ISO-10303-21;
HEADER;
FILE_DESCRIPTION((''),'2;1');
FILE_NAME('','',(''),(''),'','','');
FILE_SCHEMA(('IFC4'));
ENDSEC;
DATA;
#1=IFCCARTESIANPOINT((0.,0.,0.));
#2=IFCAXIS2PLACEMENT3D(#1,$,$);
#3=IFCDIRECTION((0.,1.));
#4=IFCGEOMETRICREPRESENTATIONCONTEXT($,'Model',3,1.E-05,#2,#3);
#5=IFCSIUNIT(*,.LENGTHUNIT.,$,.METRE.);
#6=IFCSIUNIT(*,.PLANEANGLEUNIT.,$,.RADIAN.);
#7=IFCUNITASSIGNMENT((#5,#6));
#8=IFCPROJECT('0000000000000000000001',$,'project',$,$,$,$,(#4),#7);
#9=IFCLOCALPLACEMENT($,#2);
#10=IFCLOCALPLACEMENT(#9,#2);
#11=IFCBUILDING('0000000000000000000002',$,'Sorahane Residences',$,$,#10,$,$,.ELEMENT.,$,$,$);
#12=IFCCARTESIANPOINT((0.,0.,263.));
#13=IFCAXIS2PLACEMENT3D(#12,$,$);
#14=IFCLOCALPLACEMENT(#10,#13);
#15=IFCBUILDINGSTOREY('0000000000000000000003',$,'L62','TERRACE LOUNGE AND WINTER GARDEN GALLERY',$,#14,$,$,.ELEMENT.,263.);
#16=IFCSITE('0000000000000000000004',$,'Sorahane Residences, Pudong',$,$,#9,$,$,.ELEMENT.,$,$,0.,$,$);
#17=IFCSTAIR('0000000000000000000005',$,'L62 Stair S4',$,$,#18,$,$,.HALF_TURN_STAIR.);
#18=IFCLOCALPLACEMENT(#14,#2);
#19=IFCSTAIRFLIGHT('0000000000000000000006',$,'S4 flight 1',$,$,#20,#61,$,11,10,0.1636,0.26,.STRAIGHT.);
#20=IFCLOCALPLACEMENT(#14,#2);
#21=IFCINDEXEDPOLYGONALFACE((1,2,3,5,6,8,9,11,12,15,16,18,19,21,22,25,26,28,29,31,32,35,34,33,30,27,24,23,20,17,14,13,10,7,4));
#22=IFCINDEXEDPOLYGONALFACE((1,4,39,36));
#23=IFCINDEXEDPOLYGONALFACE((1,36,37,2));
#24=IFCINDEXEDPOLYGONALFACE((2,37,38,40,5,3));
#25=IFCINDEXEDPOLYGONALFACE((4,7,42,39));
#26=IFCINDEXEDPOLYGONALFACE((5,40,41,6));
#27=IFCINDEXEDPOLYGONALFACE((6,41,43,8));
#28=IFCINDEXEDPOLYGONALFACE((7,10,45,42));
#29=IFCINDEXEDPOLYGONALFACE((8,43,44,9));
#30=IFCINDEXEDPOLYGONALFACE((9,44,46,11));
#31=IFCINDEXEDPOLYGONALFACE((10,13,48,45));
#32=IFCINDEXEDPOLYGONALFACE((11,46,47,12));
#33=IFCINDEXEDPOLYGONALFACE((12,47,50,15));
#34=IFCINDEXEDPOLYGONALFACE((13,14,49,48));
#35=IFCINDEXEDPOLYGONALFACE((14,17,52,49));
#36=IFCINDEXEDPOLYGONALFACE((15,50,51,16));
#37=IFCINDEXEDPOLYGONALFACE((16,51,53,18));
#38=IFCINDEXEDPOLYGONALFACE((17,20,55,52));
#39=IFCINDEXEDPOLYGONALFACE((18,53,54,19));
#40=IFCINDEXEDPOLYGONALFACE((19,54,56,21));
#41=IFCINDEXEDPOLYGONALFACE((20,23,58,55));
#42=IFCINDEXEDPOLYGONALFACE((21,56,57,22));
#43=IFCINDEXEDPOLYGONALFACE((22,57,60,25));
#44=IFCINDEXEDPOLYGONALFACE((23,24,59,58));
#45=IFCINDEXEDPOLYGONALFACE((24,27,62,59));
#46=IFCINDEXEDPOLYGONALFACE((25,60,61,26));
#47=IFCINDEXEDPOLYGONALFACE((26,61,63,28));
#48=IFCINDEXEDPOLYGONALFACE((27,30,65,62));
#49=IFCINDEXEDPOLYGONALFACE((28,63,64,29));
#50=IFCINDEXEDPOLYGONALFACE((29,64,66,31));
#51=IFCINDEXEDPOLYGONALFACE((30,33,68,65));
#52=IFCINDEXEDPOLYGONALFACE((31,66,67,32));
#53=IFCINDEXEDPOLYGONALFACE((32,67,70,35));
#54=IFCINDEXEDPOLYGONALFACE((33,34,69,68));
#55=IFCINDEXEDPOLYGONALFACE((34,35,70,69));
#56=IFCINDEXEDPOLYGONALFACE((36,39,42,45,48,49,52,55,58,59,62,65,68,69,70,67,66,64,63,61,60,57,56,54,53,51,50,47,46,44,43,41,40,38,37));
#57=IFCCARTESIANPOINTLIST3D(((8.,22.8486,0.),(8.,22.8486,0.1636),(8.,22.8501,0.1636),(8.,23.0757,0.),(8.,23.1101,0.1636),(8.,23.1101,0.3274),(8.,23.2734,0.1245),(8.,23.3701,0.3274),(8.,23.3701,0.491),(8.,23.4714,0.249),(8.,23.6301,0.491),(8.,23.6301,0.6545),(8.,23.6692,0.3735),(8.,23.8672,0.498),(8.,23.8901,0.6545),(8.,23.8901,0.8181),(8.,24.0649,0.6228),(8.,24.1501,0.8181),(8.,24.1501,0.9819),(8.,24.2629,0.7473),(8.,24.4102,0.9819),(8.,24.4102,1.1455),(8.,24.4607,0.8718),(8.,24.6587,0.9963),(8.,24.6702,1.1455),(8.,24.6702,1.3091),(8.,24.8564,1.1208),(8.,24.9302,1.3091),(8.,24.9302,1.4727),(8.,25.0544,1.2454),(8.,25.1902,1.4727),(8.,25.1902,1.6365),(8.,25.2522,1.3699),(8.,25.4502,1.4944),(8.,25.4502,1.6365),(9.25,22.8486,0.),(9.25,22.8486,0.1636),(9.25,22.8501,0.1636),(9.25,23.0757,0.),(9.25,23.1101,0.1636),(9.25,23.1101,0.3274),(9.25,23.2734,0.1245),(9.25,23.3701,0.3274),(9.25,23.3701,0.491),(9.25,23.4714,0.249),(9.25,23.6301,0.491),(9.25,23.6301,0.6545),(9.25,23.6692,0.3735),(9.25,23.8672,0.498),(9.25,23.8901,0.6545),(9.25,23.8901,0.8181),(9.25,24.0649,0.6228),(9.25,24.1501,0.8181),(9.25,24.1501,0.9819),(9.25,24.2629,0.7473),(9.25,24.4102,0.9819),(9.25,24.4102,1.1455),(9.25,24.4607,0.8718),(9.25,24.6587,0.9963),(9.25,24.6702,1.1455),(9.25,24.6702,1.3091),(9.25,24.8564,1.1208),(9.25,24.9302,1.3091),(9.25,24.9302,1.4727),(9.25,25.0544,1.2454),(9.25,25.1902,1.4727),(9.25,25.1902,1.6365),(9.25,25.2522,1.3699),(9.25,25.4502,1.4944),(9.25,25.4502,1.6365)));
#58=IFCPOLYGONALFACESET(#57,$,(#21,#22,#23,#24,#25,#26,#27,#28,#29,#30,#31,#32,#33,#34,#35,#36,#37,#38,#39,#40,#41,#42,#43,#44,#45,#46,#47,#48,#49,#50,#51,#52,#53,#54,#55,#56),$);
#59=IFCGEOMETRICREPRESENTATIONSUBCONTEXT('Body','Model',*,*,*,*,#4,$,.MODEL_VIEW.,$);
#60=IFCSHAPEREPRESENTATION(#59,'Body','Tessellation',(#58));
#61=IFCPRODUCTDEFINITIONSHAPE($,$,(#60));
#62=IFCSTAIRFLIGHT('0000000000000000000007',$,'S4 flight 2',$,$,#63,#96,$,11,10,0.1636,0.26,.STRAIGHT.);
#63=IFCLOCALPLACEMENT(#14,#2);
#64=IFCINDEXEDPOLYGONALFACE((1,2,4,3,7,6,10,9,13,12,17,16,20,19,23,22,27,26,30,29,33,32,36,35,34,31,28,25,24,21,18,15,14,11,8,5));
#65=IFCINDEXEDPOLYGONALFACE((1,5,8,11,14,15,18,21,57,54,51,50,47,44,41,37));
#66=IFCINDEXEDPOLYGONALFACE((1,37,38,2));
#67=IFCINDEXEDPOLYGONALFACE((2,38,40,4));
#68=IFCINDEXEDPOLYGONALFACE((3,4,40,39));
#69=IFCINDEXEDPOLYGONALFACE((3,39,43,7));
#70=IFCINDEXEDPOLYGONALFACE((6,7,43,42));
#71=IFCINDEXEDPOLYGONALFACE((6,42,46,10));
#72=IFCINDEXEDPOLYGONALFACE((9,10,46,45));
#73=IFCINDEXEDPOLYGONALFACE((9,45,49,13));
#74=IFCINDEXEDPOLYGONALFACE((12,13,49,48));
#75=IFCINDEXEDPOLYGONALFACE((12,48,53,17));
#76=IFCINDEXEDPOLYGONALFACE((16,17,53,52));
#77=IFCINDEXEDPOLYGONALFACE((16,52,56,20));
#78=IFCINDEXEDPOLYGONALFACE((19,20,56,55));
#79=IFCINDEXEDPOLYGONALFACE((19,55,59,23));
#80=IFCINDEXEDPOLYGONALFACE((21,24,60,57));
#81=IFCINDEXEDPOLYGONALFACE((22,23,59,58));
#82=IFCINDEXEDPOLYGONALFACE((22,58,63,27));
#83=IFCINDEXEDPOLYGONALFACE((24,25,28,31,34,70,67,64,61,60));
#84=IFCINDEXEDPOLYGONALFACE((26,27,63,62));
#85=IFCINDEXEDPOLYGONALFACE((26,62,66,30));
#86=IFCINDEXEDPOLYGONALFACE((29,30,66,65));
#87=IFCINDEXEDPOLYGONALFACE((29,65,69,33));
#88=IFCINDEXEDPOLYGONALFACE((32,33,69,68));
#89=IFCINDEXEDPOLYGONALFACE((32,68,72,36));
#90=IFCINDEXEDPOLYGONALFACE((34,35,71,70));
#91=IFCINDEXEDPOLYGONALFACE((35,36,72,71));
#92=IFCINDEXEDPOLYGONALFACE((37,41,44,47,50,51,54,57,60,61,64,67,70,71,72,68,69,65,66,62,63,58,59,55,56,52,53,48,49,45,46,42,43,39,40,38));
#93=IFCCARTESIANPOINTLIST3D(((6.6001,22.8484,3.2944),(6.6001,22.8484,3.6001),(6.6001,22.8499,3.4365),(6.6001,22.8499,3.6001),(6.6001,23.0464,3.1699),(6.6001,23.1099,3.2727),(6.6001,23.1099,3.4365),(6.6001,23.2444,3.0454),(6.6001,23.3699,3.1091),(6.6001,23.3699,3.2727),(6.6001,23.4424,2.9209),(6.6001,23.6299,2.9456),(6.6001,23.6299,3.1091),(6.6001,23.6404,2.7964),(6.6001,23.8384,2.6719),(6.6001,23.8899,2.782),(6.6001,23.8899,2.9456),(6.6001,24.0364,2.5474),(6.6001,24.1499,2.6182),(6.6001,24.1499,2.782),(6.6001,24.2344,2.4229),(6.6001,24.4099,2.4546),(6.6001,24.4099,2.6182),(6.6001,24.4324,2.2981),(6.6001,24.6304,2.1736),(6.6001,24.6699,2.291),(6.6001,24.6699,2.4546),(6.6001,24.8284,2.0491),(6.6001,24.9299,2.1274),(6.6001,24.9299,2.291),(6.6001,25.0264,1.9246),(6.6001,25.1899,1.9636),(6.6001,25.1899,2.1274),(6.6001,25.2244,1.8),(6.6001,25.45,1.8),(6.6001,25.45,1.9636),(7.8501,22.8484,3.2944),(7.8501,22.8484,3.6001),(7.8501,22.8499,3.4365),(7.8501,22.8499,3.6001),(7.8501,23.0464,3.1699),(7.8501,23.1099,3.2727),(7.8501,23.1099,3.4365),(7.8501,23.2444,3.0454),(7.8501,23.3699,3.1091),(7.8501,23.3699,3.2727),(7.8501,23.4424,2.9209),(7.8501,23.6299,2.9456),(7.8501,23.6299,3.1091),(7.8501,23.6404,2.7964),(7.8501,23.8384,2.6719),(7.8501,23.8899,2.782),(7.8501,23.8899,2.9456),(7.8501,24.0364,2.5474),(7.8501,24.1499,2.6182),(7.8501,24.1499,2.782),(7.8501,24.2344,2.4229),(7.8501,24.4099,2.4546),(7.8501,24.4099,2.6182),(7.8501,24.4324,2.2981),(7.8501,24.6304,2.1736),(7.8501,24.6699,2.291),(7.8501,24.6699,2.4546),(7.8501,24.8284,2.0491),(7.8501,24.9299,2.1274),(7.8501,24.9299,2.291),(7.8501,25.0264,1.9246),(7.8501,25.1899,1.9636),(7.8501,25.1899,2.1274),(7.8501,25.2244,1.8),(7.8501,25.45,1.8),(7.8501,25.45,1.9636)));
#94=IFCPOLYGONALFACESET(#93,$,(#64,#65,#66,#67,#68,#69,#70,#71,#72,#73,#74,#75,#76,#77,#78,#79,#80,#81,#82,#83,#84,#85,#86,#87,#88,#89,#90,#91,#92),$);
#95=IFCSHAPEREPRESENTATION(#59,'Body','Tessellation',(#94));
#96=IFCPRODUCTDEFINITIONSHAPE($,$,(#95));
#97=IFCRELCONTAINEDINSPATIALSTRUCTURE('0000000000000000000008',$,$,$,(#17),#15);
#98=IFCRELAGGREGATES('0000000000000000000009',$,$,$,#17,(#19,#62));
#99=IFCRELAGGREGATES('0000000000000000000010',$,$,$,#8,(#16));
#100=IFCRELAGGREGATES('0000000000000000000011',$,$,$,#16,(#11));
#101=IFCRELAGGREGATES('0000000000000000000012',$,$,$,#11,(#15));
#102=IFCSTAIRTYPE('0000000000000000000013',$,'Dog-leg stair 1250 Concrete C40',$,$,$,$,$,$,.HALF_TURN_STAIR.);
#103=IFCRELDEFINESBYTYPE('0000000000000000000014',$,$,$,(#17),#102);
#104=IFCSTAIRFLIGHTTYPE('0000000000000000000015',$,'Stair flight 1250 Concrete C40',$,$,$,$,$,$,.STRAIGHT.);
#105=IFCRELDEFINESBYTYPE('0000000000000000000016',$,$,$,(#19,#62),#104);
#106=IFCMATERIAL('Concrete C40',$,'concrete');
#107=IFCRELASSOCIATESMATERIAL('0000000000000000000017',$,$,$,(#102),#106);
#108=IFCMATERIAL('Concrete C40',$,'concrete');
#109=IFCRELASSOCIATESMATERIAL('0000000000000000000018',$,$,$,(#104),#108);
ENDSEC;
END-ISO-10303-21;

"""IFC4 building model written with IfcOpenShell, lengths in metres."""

from ifc_helpers import new_model, si_unit, direction, frame, origin, place, context, subcontext, project, spatial, polyline, outline, extrude, material, type_object, element, aggregate, save


model = new_model("IFC4")

# Units and contexts
model_context = context("Model", 3, precision=1e-05, world=origin(), true_north=direction((0.0, 1.0)))
body_context = subcontext(model_context, "Body", "Model", "MODEL_VIEW")
ifc_project = project(units=[si_unit("LENGTHUNIT", "METRE"), si_unit("PLANEANGLEUNIT", "RADIAN")], contexts=[model_context])

# Site, building, storey
site_placement = place(None, origin())
site = spatial("IfcSite", under=ifc_project, at=site_placement, Name="Sorahane Residences, Pudong", CompositionType="ELEMENT", RefElevation=0.0)
building_placement = place(site_placement, origin())
building = spatial("IfcBuilding", under=site, at=building_placement, Name="Sorahane Residences", CompositionType="ELEMENT")
storey_placement = place(building_placement, frame((0.0, 0.0, 263.0)))
storey = spatial("IfcBuildingStorey", under=building, at=storey_placement, Name="L62", Description="TERRACE LOUNGE AND WINTER GARDEN GALLERY", CompositionType="ELEMENT", Elevation=263.0)

# Stair, stair flights
ifc_material_1 = material(Name="Concrete C40", Category="concrete")
stair_type = type_object("IfcStairType", Name="Dog-leg stair 1250 Concrete C40", PredefinedType="HALF_TURN_STAIR", material=ifc_material_1)
stair_placement = place(storey_placement, origin())
stair = element("IfcStair", 1, at=stair_placement, inside=storey, type_object=stair_type, Name="L62 Stair S4", PredefinedType="HALF_TURN_STAIR")
ifc_material_2 = material(Name="Concrete C40", Category="concrete")
stair_flight_type = type_object("IfcStairFlightType", Name="Stair flight 1250 Concrete C40", PredefinedType="STRAIGHT", material=ifc_material_2)
stair_flight_1_placement = place(storey_placement, frame((8.625, 22.8501, 0.0), z_axis=(0.0, 0.0, 1.0), x_axis=(0.0, 1.0, 0.0)))
stair_flight_1 = element("IfcStairFlight", 2, at=stair_flight_1_placement, type_object=stair_flight_type, Name="S4 flight 1", NumberOfRisers=11, NumberOfTreads=10, PredefinedType="STRAIGHT", RiserHeight=0.1636, TreadLength=0.26, context=body_context, shape_type="SweptSolid", body=[
    extrude(outline(polyline([(-0.0015, 0.0), (-0.0015, 0.1636), (0.0, 0.1636), (0.26, 0.1636), (0.26, 0.3274), (0.52, 0.3274), (0.52, 0.491), (0.78, 0.491), (0.78, 0.6545), (1.04, 0.6545), (1.04, 0.8181), (1.3, 0.8181), (1.3, 0.9819), (1.5601, 0.9819), (1.5601, 1.1455), (1.8201, 1.1455), (1.8201, 1.3091), (2.0801, 1.3091), (2.0801, 1.4727), (2.3401, 1.4727), (2.3401, 1.6365), (2.6001, 1.6365), (2.6001, 1.8), (2.6001, 1.4944), (2.4021, 1.3699), (2.2043, 1.2454), (2.0063, 1.1208), (1.8086, 0.9963), (1.6106, 0.8718), (1.4128, 0.7473), (1.2148, 0.6228), (1.0171, 0.498), (0.8191, 0.3735), (0.6213, 0.249), (0.4233, 0.1245), (0.2256, 0.0), (-0.0015, 0.0)])), frame((0.0, 0.625, 0.0), z_axis=(0.0, -1.0, 0.0), x_axis=(1.0, 0.0, 0.0)), (0.0, 0.0, 1.0), 1.25),
])
stair_flight_2_placement = place(storey_placement, frame((7.2251, 25.45, 1.8), z_axis=(0.0, 0.0, 1.0), x_axis=(0.0, -1.0, 0.0)))
stair_flight_2 = element("IfcStairFlight", 3, at=stair_flight_2_placement, type_object=stair_flight_type, Name="S4 flight 2", NumberOfRisers=11, NumberOfTreads=10, PredefinedType="STRAIGHT", RiserHeight=0.1636, TreadLength=0.26, context=body_context, shape_type="SweptSolid", body=[
    extrude(outline(polyline([(0.0, 0.0), (0.0, 0.1636), (0.26, 0.1636), (0.26, 0.3274), (0.52, 0.3274), (0.52, 0.491), (0.78, 0.491), (0.78, 0.6545), (1.04, 0.6545), (1.04, 0.8181), (1.3, 0.8181), (1.3, 0.9819), (1.5601, 0.9819), (1.5601, 1.1455), (1.8201, 1.1455), (1.8201, 1.3091), (2.0801, 1.3091), (2.0801, 1.4727), (2.3401, 1.4727), (2.3401, 1.6365), (2.6001, 1.6365), (2.6001, 1.8), (2.6016, 1.8), (2.6016, 1.4944), (2.4036, 1.3699), (2.2056, 1.2454), (2.0076, 1.1208), (1.8096, 0.9963), (1.6116, 0.8718), (1.4136, 0.7473), (1.2156, 0.6228), (1.0176, 0.498), (0.8196, 0.3735), (0.6216, 0.249), (0.4236, 0.1245), (0.2256, 0.0), (0.0, 0.0)])), frame((0.0, 0.625, 0.0), z_axis=(0.0, -1.0, 0.0), x_axis=(1.0, 0.0, 0.0)), (0.0, 0.0, 1.0), 1.25),
])
aggregate(stair, [stair_flight_1, stair_flight_2])

save(model, "model.ifc")
